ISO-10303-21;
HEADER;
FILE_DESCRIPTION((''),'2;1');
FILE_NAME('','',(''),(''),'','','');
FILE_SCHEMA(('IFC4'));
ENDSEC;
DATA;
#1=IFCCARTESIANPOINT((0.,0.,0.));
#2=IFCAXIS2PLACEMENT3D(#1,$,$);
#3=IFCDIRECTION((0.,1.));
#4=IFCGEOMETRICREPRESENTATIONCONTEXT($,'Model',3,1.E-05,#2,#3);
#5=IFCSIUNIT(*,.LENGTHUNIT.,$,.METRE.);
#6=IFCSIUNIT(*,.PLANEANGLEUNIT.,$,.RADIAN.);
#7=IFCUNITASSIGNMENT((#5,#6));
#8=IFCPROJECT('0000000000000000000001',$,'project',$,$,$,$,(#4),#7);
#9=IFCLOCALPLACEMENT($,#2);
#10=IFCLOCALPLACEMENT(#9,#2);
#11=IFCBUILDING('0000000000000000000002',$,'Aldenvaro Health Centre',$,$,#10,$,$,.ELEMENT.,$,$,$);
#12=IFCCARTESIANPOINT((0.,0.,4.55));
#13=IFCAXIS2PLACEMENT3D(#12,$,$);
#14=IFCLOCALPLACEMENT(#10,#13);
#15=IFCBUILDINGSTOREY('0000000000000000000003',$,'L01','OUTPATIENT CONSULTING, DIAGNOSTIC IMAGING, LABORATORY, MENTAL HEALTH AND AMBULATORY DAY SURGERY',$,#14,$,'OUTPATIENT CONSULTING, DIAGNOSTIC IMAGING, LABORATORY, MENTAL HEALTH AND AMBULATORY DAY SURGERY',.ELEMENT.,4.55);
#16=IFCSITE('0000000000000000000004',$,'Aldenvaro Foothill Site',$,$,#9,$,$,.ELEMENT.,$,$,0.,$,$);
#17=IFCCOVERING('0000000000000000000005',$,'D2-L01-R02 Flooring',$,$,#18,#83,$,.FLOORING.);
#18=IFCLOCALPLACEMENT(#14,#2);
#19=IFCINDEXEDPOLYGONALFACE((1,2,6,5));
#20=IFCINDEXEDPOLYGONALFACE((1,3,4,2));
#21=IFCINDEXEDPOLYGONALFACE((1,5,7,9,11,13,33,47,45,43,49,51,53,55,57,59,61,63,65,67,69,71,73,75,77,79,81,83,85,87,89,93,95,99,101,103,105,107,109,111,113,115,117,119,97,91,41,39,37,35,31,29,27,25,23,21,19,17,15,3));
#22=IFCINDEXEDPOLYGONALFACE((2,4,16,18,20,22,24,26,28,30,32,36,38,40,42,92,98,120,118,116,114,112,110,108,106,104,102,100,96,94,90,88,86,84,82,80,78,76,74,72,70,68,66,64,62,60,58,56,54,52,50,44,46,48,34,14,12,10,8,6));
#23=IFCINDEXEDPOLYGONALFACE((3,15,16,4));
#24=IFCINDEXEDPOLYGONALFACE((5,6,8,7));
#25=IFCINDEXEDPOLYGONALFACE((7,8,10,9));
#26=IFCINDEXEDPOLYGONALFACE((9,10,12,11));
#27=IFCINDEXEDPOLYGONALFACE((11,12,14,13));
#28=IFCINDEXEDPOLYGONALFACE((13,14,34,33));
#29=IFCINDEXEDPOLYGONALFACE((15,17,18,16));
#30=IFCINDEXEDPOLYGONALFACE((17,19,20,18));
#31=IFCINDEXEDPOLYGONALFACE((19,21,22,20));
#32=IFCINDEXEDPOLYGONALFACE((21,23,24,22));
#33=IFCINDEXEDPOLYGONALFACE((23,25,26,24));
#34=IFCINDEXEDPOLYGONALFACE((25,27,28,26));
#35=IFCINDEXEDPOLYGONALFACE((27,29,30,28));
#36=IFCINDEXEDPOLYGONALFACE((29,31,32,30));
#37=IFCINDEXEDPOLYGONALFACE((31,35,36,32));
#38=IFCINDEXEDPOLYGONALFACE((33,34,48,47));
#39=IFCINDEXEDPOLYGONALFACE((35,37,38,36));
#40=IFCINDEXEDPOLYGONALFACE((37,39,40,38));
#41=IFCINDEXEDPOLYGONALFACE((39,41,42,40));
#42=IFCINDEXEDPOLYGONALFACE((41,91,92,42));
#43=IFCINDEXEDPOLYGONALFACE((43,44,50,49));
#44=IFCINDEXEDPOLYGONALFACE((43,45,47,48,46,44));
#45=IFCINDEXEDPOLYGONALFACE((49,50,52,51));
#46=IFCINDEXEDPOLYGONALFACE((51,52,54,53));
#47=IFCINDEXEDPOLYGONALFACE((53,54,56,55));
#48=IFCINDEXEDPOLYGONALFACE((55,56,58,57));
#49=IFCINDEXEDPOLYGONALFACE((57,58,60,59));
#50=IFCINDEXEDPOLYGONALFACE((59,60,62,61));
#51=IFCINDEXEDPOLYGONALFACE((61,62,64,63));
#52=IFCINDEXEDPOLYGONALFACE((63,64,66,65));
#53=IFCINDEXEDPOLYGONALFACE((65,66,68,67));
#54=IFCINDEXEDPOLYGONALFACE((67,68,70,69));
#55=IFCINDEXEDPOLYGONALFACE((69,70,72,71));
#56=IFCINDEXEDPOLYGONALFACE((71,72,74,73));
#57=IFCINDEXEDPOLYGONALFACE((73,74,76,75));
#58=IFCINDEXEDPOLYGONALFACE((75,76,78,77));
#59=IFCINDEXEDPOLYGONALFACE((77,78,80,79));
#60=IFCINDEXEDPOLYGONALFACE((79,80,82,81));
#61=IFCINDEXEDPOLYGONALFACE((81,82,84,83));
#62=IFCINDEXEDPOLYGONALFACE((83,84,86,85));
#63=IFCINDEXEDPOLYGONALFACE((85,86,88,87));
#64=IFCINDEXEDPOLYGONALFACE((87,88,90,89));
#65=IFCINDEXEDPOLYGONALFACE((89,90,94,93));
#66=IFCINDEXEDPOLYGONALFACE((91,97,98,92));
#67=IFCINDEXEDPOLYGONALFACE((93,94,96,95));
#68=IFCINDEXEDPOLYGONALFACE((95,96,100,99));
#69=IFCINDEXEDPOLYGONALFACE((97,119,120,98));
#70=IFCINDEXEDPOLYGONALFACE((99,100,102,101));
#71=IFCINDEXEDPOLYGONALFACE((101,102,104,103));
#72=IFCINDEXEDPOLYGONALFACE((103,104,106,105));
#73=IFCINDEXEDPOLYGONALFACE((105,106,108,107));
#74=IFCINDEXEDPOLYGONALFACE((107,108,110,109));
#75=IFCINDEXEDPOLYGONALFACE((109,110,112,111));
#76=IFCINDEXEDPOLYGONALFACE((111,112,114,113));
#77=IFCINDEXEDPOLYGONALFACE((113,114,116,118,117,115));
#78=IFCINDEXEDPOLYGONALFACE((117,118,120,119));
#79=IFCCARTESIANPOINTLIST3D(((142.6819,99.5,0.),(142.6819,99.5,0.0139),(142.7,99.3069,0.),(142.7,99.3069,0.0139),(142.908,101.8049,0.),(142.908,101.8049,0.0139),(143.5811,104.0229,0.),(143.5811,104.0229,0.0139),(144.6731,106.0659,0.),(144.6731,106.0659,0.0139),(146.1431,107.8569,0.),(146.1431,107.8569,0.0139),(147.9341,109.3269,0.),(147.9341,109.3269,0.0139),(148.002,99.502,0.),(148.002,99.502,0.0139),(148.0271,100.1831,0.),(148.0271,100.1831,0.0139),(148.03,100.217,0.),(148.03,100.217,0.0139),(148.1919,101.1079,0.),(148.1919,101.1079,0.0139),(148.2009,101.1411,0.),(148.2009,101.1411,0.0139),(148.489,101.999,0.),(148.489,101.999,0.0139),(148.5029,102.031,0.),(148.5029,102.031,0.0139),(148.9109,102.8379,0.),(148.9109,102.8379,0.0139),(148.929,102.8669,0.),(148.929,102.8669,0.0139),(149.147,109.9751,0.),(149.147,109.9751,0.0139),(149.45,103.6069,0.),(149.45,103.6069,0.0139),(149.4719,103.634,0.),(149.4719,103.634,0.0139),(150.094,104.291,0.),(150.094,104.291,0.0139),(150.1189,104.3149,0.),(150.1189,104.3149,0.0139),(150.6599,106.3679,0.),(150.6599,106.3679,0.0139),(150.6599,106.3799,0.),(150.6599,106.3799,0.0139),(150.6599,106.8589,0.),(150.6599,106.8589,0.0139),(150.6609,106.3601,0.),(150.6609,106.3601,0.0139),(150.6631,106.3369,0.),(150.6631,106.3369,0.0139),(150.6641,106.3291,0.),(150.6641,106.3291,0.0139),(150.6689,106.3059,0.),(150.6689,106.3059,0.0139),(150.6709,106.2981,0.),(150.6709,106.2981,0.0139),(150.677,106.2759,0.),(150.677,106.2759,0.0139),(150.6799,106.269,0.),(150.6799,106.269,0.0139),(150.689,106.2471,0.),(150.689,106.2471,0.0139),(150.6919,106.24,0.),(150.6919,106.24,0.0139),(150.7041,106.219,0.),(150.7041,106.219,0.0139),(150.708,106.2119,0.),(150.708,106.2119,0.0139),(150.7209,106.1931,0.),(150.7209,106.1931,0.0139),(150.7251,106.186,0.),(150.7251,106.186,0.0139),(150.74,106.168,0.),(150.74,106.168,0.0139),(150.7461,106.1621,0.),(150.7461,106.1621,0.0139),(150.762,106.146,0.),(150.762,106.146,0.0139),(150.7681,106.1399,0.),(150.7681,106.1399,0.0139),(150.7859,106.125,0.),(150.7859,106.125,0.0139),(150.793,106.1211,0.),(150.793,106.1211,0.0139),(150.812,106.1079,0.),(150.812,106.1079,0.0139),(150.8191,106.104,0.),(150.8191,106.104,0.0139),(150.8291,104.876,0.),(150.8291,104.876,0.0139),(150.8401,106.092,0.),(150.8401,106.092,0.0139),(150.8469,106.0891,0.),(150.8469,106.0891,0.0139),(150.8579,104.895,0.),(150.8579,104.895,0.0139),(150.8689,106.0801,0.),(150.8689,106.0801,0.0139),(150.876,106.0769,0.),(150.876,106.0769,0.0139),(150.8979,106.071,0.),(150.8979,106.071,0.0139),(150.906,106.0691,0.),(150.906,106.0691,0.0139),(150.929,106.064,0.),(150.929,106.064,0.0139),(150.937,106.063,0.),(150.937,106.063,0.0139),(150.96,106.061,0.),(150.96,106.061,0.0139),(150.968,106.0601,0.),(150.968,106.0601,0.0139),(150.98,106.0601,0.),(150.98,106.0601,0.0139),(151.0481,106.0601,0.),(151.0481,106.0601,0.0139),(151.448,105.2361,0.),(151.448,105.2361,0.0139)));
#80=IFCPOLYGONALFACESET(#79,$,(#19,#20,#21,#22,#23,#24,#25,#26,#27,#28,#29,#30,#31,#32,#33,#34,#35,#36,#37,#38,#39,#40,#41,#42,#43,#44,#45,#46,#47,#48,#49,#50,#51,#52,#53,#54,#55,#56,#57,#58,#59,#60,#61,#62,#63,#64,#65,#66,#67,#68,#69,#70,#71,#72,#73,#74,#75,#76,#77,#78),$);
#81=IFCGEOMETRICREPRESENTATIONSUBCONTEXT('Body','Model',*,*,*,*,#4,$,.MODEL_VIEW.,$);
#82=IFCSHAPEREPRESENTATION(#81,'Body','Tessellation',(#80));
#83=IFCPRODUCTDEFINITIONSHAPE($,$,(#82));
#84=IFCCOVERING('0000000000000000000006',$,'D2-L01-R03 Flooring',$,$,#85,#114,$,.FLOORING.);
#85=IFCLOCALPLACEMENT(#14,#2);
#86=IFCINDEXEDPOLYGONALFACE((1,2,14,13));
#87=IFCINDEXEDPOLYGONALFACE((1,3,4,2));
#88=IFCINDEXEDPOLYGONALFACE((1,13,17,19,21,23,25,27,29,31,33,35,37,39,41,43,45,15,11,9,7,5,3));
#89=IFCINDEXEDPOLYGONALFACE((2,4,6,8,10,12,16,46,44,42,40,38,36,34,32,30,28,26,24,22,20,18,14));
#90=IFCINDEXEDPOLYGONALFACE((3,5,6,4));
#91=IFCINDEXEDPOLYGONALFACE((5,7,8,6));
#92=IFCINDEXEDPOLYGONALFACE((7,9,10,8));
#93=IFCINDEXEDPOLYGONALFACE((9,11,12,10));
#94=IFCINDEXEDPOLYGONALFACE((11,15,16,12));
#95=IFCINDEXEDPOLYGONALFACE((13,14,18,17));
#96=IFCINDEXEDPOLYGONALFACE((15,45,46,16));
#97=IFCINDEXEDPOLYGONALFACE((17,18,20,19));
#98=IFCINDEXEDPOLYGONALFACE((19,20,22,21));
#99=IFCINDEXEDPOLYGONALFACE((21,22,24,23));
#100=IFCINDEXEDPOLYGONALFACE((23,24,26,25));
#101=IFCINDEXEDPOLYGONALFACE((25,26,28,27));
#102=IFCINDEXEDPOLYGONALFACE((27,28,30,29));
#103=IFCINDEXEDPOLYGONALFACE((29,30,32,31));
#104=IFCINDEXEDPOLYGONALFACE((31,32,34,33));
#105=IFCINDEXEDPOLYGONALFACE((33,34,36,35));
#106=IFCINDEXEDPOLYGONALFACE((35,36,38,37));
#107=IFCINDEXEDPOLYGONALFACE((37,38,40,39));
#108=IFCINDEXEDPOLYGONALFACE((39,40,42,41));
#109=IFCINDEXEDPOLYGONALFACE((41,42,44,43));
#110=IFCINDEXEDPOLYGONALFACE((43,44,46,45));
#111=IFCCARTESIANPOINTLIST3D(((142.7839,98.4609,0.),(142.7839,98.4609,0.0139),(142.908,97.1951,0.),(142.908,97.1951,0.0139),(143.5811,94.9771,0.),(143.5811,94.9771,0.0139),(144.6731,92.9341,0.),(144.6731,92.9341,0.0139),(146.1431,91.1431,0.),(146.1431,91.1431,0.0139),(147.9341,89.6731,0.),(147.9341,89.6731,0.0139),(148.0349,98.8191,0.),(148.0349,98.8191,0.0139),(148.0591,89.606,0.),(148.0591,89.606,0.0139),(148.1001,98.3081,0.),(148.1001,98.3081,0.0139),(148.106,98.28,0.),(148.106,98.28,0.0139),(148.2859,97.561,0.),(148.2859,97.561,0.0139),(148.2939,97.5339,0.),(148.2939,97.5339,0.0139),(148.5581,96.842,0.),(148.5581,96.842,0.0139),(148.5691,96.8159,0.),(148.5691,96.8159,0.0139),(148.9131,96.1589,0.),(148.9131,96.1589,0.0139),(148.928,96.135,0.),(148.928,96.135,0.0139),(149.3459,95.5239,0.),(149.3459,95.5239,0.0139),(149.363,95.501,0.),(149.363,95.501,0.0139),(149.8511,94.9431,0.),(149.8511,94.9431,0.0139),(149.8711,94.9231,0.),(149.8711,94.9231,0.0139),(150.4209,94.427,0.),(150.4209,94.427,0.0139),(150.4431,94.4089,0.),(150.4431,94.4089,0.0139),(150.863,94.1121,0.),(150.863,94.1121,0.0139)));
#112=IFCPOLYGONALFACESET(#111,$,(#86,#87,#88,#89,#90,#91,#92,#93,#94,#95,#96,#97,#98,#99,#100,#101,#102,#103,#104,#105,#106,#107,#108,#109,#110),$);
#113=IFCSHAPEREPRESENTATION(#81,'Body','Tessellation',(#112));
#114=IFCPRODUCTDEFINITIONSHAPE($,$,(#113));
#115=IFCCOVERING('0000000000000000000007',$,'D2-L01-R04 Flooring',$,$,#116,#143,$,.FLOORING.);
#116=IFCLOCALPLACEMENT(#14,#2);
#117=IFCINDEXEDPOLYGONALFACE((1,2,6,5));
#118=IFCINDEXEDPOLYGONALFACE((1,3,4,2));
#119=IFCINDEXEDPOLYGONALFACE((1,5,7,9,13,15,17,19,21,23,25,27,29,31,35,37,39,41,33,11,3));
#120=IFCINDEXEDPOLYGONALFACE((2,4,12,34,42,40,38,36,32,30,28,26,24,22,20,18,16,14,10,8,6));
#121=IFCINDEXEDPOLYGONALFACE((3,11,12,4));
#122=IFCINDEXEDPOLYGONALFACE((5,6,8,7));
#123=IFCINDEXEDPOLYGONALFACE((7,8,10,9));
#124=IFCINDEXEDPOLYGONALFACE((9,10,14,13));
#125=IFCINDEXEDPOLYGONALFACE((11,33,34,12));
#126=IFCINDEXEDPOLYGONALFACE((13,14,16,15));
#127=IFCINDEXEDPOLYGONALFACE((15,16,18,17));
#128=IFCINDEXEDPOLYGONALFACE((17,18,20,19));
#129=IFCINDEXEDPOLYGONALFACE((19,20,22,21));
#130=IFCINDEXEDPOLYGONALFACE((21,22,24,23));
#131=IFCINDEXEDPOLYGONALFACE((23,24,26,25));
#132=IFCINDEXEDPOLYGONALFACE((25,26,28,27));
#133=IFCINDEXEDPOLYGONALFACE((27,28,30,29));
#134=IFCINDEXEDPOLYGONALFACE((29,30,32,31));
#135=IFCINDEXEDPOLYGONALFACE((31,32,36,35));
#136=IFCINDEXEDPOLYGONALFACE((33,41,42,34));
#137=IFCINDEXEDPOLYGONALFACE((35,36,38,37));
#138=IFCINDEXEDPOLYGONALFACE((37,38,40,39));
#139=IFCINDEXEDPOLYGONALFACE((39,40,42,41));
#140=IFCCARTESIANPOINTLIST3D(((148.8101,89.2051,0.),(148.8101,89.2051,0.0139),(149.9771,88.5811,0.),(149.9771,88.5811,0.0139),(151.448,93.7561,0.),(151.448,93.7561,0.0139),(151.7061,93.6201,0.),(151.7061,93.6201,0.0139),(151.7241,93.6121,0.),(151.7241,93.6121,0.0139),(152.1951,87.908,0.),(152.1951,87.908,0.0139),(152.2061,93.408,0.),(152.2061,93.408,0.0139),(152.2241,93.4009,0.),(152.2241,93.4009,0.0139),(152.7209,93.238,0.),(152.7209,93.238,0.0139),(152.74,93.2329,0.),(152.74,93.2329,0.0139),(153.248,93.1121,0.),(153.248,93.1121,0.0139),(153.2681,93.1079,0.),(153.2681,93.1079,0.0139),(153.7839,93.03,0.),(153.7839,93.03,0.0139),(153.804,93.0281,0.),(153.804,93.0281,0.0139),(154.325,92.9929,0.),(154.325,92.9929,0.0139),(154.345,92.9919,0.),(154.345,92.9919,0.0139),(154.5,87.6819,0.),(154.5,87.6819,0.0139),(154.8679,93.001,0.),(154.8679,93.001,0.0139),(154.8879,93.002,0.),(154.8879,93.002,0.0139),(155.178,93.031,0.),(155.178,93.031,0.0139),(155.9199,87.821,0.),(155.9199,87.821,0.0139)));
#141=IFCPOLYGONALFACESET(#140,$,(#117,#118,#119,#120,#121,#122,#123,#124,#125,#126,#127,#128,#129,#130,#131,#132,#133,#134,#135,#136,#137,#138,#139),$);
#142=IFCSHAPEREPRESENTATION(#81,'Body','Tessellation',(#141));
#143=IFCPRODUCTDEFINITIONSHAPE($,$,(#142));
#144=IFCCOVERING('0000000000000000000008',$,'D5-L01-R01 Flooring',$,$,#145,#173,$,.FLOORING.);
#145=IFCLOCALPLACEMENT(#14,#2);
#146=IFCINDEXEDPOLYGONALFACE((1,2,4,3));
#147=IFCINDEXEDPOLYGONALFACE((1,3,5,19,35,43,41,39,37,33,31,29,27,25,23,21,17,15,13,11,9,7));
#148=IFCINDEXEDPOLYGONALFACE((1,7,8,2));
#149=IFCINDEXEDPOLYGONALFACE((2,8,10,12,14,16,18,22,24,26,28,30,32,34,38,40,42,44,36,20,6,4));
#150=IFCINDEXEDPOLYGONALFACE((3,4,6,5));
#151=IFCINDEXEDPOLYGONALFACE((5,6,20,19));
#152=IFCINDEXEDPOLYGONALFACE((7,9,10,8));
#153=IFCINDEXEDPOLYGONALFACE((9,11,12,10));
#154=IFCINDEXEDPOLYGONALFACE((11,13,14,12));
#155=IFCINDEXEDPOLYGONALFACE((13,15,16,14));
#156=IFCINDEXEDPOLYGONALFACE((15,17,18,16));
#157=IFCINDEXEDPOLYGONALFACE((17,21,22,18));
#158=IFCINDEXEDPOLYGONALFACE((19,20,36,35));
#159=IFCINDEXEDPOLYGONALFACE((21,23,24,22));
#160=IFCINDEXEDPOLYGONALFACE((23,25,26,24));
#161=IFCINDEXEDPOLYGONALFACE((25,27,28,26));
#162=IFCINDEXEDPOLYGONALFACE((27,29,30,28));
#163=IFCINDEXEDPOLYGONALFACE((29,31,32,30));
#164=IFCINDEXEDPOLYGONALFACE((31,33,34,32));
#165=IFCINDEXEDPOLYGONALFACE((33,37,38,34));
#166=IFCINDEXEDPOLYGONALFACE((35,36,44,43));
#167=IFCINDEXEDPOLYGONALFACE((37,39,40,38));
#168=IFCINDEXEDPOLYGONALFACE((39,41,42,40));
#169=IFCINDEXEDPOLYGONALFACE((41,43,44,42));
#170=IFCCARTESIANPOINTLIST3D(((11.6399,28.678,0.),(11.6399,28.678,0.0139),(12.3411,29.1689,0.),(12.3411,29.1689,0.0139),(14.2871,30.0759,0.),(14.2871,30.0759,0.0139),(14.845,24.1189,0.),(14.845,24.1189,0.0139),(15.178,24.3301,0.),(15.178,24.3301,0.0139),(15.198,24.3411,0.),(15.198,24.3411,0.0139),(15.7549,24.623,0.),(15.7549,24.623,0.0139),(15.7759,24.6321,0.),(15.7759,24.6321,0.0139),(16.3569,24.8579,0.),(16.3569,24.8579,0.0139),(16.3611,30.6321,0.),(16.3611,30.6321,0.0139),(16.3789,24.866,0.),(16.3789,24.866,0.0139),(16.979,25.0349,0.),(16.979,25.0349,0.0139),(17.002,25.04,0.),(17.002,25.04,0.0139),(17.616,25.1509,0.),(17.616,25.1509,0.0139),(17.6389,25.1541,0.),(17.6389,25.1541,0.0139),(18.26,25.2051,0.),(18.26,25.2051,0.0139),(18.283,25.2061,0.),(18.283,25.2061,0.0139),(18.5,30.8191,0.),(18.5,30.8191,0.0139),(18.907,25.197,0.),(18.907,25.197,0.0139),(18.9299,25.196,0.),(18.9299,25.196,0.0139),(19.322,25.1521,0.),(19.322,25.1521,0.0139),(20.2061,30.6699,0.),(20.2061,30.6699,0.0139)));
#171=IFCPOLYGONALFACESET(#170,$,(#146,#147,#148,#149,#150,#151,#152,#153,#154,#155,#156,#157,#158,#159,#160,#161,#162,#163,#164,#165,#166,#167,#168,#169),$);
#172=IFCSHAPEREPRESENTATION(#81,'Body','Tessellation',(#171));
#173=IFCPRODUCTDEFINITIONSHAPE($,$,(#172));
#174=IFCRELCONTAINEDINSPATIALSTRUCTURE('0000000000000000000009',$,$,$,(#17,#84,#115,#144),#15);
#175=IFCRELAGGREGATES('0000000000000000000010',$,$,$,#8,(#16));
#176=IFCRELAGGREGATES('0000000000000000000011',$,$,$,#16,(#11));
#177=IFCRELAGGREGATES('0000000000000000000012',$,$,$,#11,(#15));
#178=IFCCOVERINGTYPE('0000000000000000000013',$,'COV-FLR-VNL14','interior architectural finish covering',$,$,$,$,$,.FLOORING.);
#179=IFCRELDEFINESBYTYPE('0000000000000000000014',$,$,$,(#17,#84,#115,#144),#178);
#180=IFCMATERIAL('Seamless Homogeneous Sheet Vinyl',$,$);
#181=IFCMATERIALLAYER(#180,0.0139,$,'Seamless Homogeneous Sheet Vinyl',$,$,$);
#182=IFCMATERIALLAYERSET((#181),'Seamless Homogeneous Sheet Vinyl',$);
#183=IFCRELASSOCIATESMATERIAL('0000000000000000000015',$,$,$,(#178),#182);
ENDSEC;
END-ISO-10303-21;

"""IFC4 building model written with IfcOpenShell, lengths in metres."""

from ifc_helpers import new_model, si_unit, direction, frame, origin, place, context, subcontext, project, spatial, polyline, outline, extrude, material, layer, layer_set, type_object, element, save


model = new_model("IFC4")

# Units and contexts
model_context = context("Model", 3, precision=1e-05, world=origin(), true_north=direction((0.0, 1.0)))
body_context = subcontext(model_context, "Body", "Model", "MODEL_VIEW")
ifc_project = project(units=[si_unit("LENGTHUNIT", "METRE"), si_unit("PLANEANGLEUNIT", "RADIAN")], contexts=[model_context])

# Site, building, storey
site_placement = place(None, origin())
site = spatial("IfcSite", under=ifc_project, at=site_placement, Name="Aldenvaro Foothill Site", CompositionType="ELEMENT", RefElevation=0.0)
building_placement = place(site_placement, origin())
building = spatial("IfcBuilding", under=site, at=building_placement, Name="Aldenvaro Health Centre", CompositionType="ELEMENT")
storey_placement = place(building_placement, frame((0.0, 0.0, 4.55)))
storey = spatial("IfcBuildingStorey", under=building, at=storey_placement, Name="L01", Description="OUTPATIENT CONSULTING, DIAGNOSTIC IMAGING, LABORATORY, MENTAL HEALTH AND AMBULATORY DAY SURGERY", LongName="OUTPATIENT CONSULTING, DIAGNOSTIC IMAGING, LABORATORY, MENTAL HEALTH AND AMBULATORY DAY SURGERY", CompositionType="ELEMENT", Elevation=4.55)

# Coverings
ifc_material_1 = material(Name="Seamless Homogeneous Sheet Vinyl")
ifc_layer_1 = layer(ifc_material_1, 0.0139, Name="Seamless Homogeneous Sheet Vinyl")
ifc_layer_set_1 = layer_set([ifc_layer_1], Name="Seamless Homogeneous Sheet Vinyl")
covering_type_1 = type_object("IfcCoveringType", Name="COV-FLR-VNL14", Description="interior architectural finish covering", PredefinedType="FLOORING", material=ifc_layer_set_1)
covering_1_placement = place(storey_placement, origin())
element("IfcCovering", 1, at=covering_1_placement, inside=storey, type_object=covering_type_1, Name="D2-L01-R02 Flooring", PredefinedType="FLOORING", context=body_context, shape_type="SweptSolid", body=[
    extrude(outline(polyline([(150.8579, 104.895), (150.8291, 104.876), (150.1189, 104.3149), (150.094, 104.291), (149.4719, 103.634), (149.45, 103.6069), (148.929, 102.8669), (148.9109, 102.8379), (148.5029, 102.031), (148.489, 101.999), (148.2009, 101.1411), (148.1919, 101.1079), (148.03, 100.217), (148.0271, 100.1831), (148.002, 99.502), (142.7, 99.3069), (142.6819, 99.5), (142.908, 101.8049), (143.5811, 104.0229), (144.6731, 106.0659), (146.1431, 107.8569), (147.9341, 109.3269), (149.147, 109.9751), (150.6599, 106.8589), (150.6599, 106.3799), (150.6599, 106.3679), (150.6609, 106.3601), (150.6631, 106.3369), (150.6641, 106.3291), (150.6689, 106.3059), (150.6709, 106.2981), (150.677, 106.2759), (150.6799, 106.269), (150.689, 106.2471), (150.6919, 106.24), (150.7041, 106.219), (150.708, 106.2119), (150.7209, 106.1931), (150.7251, 106.186), (150.74, 106.168), (150.7461, 106.1621), (150.762, 106.146), (150.7681, 106.1399), (150.7859, 106.125), (150.793, 106.1211), (150.812, 106.1079), (150.8191, 106.104), (150.8401, 106.092), (150.8469, 106.0891), (150.8689, 106.0801), (150.876, 106.0769), (150.8979, 106.071), (150.906, 106.0691), (150.929, 106.064), (150.937, 106.063), (150.96, 106.061), (150.968, 106.0601), (150.98, 106.0601), (151.0481, 106.0601), (151.448, 105.2361), (150.8579, 104.895)])), origin(), (0.0, 0.0, 1.0), 0.0139),
])
covering_2_placement = place(storey_placement, origin())
element("IfcCovering", 2, at=covering_2_placement, inside=storey, type_object=covering_type_1, Name="D2-L01-R03 Flooring", PredefinedType="FLOORING", context=body_context, shape_type="SweptSolid", body=[
    extrude(outline(polyline([(148.1001, 98.3081), (148.106, 98.28), (148.2859, 97.561), (148.2939, 97.5339), (148.5581, 96.842), (148.5691, 96.8159), (148.9131, 96.1589), (148.928, 96.135), (149.3459, 95.5239), (149.363, 95.501), (149.8511, 94.9431), (149.8711, 94.9231), (150.4209, 94.427), (150.4431, 94.4089), (150.863, 94.1121), (148.0591, 89.606), (147.9341, 89.6731), (146.1431, 91.1431), (144.6731, 92.9341), (143.5811, 94.9771), (142.908, 97.1951), (142.7839, 98.4609), (148.0349, 98.8191), (148.1001, 98.3081)])), origin(), (0.0, 0.0, 1.0), 0.0139),
])
covering_3_placement = place(storey_placement, origin())
element("IfcCovering", 3, at=covering_3_placement, inside=storey, type_object=covering_type_1, Name="D2-L01-R04 Flooring", PredefinedType="FLOORING", context=body_context, shape_type="SweptSolid", body=[
    extrude(outline(polyline([(151.7061, 93.6201), (151.7241, 93.6121), (152.2061, 93.408), (152.2241, 93.4009), (152.7209, 93.238), (152.74, 93.2329), (153.248, 93.1121), (153.2681, 93.1079), (153.7839, 93.03), (153.804, 93.0281), (154.325, 92.9929), (154.345, 92.9919), (154.8679, 93.001), (154.8879, 93.002), (155.178, 93.031), (155.9199, 87.821), (154.5, 87.6819), (152.1951, 87.908), (149.9771, 88.5811), (148.8101, 89.2051), (151.448, 93.7561), (151.7061, 93.6201)])), origin(), (0.0, 0.0, 1.0), 0.0139),
])
covering_4_placement = place(storey_placement, origin())
element("IfcCovering", 4, at=covering_4_placement, inside=storey, type_object=covering_type_1, Name="D5-L01-R01 Flooring", PredefinedType="FLOORING", context=body_context, shape_type="SweptSolid", body=[
    extrude(outline(polyline([(18.9299, 25.196), (18.907, 25.197), (18.283, 25.2061), (18.26, 25.2051), (17.6389, 25.1541), (17.616, 25.1509), (17.002, 25.04), (16.979, 25.0349), (16.3789, 24.866), (16.3569, 24.8579), (15.7759, 24.6321), (15.7549, 24.623), (15.198, 24.3411), (15.178, 24.3301), (14.845, 24.1189), (11.6399, 28.678), (12.3411, 29.1689), (14.2871, 30.0759), (16.3611, 30.6321), (18.5, 30.8191), (20.2061, 30.6699), (19.322, 25.1521), (18.9299, 25.196)])), origin(), (0.0, 0.0, 1.0), 0.0139),
])

save(model, "model.ifc")
